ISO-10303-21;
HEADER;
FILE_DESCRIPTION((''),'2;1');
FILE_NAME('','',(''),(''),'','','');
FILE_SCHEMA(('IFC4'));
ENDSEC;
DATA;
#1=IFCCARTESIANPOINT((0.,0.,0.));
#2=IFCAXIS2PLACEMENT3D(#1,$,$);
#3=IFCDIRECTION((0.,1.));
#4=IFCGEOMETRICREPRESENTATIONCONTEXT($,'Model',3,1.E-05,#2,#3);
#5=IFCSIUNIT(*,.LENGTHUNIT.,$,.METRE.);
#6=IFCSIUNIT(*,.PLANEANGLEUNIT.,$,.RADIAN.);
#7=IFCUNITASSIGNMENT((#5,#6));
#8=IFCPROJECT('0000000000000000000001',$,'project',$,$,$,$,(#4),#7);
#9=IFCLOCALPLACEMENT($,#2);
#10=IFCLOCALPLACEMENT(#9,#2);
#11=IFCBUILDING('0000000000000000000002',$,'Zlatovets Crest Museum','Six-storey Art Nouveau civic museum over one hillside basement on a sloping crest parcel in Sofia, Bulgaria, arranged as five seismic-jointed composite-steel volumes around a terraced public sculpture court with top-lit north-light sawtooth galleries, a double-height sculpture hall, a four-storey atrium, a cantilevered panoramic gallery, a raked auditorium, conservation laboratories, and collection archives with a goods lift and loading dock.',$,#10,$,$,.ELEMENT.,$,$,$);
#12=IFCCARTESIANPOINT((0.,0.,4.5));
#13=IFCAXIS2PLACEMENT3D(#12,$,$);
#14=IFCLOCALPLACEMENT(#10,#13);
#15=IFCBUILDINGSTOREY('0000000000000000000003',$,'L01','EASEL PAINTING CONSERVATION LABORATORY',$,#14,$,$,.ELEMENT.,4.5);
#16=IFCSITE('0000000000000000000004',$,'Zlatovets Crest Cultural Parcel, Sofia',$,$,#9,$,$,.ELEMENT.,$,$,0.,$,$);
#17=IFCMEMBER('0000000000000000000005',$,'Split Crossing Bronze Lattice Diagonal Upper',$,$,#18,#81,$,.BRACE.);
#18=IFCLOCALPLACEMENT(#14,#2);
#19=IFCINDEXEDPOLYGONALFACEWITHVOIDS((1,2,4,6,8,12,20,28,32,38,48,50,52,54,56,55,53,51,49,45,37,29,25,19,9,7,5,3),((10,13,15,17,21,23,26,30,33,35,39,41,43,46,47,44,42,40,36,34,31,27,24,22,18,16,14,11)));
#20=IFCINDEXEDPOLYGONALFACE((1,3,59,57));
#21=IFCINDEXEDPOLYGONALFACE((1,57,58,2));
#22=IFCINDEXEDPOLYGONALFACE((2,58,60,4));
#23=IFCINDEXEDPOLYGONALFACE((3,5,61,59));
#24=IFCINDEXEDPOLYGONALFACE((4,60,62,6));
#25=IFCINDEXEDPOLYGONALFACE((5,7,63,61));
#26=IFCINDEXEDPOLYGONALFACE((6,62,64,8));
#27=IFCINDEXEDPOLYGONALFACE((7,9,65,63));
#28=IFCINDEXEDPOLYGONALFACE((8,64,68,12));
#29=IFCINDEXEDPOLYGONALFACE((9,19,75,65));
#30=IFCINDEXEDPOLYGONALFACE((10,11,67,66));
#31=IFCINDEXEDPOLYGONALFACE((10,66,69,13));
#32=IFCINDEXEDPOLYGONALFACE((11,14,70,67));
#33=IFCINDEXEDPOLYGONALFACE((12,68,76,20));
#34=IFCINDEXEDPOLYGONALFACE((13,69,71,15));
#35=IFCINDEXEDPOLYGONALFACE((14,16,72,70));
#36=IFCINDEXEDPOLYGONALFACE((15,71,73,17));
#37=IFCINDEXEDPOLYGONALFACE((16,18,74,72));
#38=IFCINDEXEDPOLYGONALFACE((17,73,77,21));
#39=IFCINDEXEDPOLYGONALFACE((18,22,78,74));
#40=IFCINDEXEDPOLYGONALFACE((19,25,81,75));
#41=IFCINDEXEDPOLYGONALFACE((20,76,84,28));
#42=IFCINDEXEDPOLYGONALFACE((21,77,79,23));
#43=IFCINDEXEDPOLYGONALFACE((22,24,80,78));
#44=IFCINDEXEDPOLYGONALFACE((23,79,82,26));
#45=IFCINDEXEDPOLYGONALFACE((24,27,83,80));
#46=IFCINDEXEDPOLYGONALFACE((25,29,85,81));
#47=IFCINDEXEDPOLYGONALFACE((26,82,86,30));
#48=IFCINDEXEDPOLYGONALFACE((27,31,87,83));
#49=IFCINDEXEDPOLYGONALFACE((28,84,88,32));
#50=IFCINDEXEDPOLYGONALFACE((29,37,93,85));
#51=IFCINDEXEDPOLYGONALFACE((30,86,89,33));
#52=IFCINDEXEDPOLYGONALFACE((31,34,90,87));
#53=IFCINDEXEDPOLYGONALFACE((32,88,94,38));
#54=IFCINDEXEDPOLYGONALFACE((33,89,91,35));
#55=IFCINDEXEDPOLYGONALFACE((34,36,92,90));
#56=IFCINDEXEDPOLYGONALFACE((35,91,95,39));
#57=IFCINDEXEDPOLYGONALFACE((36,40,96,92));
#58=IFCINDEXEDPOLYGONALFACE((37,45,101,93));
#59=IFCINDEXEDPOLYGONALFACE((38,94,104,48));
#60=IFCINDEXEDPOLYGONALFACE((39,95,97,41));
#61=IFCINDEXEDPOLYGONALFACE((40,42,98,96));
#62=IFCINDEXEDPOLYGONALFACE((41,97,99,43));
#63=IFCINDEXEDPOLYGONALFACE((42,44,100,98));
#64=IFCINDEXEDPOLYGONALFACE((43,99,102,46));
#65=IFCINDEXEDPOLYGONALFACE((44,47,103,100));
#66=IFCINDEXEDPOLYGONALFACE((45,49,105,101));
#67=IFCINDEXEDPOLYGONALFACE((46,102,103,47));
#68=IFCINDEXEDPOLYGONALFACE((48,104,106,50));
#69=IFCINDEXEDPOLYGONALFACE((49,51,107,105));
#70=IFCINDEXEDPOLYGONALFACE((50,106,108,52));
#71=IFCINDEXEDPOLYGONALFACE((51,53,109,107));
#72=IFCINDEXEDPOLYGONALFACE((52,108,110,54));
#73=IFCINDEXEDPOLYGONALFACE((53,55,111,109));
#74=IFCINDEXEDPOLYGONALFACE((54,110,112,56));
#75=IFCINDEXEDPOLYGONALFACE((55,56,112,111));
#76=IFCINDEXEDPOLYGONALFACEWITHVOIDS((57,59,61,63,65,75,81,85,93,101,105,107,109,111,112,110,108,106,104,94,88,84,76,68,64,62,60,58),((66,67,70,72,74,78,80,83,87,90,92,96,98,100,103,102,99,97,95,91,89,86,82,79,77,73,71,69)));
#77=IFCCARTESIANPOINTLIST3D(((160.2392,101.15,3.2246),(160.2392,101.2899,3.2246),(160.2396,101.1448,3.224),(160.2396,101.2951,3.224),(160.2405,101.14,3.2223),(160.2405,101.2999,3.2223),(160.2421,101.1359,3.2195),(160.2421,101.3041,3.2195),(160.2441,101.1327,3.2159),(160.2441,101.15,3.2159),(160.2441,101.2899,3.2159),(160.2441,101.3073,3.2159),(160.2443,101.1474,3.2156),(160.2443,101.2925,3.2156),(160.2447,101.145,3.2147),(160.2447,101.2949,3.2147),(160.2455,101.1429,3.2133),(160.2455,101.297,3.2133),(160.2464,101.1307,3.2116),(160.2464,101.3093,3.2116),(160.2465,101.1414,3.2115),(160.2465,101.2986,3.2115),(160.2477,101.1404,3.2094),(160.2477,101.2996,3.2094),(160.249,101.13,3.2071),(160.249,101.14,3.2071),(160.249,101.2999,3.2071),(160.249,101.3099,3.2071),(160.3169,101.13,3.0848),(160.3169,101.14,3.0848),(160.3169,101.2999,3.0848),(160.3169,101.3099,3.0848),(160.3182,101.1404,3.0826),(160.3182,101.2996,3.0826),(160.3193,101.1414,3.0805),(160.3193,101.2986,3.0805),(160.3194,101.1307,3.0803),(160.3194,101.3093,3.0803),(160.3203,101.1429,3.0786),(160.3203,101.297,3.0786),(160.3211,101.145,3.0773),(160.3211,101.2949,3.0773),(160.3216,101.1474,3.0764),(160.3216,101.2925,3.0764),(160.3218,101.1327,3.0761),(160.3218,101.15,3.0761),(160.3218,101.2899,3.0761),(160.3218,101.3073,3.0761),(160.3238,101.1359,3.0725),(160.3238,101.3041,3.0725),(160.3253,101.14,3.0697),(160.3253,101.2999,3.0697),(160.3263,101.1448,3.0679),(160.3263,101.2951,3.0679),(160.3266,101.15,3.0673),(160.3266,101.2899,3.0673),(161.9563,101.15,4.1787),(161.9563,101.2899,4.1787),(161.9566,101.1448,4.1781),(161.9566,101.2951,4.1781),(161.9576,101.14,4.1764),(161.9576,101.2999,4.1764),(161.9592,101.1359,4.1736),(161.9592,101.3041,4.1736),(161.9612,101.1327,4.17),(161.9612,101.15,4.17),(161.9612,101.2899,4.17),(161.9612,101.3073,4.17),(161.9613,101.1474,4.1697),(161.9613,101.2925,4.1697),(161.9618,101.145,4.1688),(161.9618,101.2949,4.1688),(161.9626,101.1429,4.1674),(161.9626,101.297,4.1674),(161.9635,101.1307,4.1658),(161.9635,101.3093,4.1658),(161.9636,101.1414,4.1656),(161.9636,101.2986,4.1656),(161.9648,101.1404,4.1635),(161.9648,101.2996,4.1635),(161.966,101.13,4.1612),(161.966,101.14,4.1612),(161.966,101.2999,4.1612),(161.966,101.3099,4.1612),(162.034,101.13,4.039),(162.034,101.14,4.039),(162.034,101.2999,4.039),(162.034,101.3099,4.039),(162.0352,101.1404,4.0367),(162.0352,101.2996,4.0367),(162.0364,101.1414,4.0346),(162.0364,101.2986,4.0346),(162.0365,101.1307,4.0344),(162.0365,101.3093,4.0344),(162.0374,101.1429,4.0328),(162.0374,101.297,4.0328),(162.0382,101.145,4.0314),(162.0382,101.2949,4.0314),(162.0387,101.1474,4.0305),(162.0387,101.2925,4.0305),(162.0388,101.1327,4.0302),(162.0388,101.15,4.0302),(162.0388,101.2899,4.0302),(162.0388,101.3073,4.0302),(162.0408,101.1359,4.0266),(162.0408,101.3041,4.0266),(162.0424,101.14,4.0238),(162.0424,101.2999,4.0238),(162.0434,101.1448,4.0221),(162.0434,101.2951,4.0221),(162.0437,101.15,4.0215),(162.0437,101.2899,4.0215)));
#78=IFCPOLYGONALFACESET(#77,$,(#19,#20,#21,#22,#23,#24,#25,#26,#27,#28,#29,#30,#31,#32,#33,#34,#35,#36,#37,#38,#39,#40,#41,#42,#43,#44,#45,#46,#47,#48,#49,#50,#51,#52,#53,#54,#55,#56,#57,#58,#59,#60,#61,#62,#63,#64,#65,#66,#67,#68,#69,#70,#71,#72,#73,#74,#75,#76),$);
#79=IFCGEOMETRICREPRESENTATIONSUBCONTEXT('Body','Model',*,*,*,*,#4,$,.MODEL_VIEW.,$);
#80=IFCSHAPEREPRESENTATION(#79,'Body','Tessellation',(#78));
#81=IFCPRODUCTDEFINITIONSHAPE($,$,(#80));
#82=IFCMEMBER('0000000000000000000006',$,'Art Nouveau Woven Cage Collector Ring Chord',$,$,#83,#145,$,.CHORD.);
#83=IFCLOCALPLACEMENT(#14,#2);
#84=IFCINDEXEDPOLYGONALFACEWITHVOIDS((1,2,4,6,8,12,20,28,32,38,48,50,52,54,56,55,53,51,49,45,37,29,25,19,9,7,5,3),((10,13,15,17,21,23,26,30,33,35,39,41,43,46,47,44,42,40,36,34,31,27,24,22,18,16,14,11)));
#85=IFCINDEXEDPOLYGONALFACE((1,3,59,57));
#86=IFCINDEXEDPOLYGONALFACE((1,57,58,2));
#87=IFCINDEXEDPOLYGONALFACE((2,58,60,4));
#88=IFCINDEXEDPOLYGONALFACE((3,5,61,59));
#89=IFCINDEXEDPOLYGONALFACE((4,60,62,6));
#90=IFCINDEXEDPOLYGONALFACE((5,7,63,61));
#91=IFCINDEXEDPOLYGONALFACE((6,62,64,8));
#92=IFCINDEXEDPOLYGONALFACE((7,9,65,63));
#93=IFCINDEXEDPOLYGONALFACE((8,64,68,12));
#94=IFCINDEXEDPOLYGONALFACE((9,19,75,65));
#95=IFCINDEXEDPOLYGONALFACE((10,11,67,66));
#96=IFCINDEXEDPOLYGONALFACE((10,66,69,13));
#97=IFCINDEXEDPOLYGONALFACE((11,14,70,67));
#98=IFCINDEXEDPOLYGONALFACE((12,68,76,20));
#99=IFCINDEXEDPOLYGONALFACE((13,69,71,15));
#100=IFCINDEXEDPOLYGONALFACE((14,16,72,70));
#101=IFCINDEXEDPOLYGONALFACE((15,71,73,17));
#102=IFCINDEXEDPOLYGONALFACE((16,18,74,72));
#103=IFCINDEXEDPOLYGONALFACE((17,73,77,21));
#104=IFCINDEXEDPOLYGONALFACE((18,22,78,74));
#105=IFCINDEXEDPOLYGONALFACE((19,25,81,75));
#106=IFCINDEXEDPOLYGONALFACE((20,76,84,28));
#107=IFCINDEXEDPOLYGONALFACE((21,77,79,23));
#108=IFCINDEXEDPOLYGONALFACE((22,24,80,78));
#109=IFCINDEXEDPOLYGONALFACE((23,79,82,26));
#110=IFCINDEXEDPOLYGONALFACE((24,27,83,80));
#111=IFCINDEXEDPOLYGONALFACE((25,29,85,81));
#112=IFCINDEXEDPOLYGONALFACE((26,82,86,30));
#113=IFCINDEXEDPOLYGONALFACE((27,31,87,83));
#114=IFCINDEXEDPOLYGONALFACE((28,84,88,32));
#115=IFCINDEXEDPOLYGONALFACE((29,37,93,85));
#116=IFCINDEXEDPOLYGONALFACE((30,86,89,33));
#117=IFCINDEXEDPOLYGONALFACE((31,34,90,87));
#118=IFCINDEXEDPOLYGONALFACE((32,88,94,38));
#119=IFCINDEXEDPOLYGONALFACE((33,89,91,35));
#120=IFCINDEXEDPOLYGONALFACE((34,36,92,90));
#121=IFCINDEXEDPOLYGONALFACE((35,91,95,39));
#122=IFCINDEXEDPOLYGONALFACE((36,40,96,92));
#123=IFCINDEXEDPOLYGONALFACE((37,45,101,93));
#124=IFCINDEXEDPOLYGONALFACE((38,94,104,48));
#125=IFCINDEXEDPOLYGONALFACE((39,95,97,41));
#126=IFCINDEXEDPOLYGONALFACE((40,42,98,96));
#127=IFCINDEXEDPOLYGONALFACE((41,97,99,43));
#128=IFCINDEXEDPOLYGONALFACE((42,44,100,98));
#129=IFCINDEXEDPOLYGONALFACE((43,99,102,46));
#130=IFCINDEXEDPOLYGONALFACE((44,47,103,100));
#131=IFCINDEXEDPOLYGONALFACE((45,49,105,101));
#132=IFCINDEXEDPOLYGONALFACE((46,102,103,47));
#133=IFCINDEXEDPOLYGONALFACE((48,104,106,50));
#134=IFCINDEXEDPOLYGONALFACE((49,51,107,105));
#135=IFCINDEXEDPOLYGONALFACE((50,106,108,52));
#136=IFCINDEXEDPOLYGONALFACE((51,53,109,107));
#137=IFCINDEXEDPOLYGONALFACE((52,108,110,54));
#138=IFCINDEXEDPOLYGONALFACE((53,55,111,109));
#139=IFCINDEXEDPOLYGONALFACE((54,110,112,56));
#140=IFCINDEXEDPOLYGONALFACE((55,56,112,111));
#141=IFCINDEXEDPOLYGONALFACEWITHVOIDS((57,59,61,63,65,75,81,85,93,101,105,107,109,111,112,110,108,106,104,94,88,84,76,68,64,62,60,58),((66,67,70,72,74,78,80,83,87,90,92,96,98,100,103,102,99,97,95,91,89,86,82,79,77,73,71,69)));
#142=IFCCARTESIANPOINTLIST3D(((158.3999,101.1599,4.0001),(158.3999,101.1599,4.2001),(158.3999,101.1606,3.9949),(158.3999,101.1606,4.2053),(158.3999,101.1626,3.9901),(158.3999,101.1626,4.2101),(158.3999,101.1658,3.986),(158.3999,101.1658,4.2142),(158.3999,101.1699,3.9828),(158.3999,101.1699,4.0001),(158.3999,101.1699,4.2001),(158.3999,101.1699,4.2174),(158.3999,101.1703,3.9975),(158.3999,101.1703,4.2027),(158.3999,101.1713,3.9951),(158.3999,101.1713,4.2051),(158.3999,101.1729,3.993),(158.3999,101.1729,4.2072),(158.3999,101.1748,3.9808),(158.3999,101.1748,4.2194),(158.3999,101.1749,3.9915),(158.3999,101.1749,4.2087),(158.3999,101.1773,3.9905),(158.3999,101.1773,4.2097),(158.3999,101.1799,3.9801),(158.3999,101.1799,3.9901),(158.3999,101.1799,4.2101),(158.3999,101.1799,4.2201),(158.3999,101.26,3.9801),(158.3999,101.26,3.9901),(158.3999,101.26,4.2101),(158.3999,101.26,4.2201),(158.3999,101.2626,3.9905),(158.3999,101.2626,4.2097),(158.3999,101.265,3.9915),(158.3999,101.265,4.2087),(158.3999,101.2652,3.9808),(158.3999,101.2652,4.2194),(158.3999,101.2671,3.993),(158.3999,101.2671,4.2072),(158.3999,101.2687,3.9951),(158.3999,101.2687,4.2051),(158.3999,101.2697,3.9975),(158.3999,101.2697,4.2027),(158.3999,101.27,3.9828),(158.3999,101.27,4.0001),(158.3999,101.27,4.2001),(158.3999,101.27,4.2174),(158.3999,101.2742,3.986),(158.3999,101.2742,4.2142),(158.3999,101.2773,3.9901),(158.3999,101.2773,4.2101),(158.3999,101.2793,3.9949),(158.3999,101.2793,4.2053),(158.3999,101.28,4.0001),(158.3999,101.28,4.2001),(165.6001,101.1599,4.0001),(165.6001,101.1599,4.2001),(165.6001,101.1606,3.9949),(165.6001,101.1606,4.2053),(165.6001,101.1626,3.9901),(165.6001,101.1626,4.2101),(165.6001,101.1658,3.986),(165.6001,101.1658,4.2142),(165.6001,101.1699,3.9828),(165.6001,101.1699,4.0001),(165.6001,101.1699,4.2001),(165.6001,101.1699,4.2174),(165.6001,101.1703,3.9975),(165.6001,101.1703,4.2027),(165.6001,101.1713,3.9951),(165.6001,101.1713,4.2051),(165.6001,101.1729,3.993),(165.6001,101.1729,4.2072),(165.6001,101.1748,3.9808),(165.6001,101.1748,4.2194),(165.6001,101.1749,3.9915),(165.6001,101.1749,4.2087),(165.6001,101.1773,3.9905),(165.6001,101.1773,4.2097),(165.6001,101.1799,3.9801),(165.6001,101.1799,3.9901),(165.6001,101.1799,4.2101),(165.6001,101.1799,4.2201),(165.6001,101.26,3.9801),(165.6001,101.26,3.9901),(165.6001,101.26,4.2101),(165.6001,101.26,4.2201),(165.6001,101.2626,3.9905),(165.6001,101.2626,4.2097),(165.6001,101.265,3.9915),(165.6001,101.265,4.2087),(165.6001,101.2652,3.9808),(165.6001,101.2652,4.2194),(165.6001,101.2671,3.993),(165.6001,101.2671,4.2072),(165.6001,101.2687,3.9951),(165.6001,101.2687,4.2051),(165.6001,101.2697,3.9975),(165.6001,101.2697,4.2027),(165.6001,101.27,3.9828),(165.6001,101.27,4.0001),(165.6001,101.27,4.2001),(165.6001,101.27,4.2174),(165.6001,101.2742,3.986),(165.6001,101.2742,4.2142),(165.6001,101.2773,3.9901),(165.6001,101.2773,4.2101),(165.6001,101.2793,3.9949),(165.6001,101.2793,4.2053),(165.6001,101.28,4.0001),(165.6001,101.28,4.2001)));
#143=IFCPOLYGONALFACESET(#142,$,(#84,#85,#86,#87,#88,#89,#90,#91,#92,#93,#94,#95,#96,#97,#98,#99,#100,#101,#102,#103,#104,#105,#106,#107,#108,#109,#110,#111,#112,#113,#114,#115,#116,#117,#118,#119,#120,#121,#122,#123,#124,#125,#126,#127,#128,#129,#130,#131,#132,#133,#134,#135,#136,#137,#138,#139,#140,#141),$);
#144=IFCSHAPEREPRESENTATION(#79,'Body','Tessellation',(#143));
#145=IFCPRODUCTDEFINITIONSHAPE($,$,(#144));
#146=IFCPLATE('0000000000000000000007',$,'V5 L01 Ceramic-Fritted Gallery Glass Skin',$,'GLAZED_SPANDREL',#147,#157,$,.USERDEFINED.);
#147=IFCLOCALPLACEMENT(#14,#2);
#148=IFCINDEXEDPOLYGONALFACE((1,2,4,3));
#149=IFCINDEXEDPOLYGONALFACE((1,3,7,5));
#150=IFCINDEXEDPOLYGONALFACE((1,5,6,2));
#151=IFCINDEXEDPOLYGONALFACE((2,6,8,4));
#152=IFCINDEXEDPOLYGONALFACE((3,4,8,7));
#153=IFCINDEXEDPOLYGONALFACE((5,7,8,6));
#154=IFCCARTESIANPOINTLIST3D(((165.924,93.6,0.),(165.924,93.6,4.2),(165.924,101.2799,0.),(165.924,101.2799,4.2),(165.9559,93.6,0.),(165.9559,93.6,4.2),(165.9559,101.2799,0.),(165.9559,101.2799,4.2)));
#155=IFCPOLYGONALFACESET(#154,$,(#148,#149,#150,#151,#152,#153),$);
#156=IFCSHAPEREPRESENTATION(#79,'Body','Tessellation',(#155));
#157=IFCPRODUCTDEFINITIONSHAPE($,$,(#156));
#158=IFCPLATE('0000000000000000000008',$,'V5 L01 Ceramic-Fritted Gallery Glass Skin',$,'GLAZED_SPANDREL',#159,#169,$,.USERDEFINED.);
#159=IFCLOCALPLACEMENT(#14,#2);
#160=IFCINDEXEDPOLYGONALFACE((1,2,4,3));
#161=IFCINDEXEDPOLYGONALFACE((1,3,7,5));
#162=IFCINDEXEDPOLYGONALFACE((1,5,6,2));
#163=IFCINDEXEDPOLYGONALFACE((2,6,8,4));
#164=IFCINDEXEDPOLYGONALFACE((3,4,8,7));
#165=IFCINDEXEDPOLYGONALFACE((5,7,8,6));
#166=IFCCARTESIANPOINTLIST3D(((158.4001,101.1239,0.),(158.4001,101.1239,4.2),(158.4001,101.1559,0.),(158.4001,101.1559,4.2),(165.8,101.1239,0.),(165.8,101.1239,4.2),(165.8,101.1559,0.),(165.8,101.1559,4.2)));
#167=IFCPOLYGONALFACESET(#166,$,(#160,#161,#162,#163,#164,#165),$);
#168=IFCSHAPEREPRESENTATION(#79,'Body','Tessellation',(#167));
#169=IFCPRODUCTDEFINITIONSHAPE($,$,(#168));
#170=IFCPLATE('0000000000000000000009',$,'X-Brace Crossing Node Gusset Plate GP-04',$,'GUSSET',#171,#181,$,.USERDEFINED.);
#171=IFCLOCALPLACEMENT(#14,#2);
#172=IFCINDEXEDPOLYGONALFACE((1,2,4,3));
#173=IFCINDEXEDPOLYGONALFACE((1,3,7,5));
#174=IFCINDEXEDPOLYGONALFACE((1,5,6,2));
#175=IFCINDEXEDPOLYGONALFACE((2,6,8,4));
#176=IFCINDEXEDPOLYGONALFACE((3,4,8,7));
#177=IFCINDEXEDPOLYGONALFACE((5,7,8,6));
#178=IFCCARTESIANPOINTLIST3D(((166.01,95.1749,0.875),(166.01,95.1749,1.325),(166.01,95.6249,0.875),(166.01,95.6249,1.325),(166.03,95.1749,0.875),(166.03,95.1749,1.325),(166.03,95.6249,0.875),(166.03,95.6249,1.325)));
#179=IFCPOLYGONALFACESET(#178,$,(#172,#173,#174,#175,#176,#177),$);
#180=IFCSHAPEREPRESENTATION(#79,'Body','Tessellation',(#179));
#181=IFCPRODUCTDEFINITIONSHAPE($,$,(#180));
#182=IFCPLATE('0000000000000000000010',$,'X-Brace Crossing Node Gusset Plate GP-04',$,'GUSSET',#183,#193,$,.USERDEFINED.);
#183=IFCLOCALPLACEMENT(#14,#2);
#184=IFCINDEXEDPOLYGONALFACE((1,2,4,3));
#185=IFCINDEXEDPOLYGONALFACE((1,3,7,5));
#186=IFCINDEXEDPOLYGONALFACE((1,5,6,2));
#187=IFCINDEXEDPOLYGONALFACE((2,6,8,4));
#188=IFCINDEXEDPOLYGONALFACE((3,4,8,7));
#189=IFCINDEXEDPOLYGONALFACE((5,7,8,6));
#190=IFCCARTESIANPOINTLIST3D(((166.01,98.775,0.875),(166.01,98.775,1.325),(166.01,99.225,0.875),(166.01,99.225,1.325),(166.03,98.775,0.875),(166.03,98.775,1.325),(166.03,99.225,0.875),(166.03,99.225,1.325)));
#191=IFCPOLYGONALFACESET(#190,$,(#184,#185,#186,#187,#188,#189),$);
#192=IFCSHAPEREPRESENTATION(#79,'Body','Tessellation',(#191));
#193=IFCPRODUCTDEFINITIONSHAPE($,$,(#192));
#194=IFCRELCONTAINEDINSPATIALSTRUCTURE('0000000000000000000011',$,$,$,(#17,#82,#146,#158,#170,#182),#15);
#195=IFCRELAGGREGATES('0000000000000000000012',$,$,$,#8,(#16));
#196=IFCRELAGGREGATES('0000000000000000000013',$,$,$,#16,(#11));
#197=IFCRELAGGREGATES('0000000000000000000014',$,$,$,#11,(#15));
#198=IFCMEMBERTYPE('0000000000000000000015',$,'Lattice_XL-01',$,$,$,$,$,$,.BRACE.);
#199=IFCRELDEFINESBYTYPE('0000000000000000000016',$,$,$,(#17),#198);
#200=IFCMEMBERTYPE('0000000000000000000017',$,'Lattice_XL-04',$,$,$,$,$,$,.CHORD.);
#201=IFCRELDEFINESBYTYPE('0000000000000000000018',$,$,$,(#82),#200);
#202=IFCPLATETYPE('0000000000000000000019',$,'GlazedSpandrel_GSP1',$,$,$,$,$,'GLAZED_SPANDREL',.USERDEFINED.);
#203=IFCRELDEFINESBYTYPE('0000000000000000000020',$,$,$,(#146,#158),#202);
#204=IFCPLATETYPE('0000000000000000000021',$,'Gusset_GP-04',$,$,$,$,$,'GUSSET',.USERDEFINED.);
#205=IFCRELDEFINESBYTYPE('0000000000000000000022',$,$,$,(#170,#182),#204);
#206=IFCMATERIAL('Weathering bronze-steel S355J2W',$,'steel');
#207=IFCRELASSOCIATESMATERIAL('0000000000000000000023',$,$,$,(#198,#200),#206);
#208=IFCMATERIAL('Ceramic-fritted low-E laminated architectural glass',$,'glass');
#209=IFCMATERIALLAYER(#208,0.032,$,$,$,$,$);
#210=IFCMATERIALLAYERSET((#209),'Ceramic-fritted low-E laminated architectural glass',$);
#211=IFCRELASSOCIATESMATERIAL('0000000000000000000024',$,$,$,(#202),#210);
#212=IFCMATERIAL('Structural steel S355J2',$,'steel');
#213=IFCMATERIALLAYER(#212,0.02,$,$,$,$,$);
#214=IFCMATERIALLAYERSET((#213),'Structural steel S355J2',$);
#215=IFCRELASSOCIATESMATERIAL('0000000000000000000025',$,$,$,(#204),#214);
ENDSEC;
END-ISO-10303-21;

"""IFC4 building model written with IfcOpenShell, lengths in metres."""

from ifc_helpers import new_model, si_unit, direction, frame, origin, origin_2d, place, context, subcontext, project, spatial, rectangle, hollow_rectangle, extrude, material, layer, layer_set, material_profile, profile_set, type_object, element, save


model = new_model("IFC4")

# Units and contexts
model_context = context("Model", 3, precision=1e-05, world=origin(), true_north=direction((0.0, 1.0)))
body_context = subcontext(model_context, "Body", "Model", "MODEL_VIEW")
ifc_project = project(units=[si_unit("LENGTHUNIT", "METRE"), si_unit("PLANEANGLEUNIT", "RADIAN")], contexts=[model_context])

# Site, building, storey
site_placement = place(None, origin())
site = spatial("IfcSite", under=ifc_project, at=site_placement, Name="Zlatovets Crest Cultural Parcel, Sofia", CompositionType="ELEMENT", RefElevation=0.0)
building_placement = place(site_placement, origin())
building = spatial("IfcBuilding", under=site, at=building_placement, Name="Zlatovets Crest Museum", Description="Six-storey Art Nouveau civic museum over one hillside basement on a sloping crest parcel in Sofia, Bulgaria, arranged as five seismic-jointed composite-steel volumes around a terraced public sculpture court with top-lit north-light sawtooth galleries, a double-height sculpture hall, a four-storey atrium, a cantilevered panoramic gallery, a raked auditorium, conservation laboratories, and collection archives with a goods lift and loading dock.", CompositionType="ELEMENT")
storey_placement = place(building_placement, frame((0.0, 0.0, 4.5)))
storey = spatial("IfcBuildingStorey", under=building, at=storey_placement, Name="L01", Description="EASEL PAINTING CONSERVATION LABORATORY", CompositionType="ELEMENT", Elevation=4.5)

# Shared definitions
ifc_material_1 = material(Name="Structural steel S355J2", Category="steel")

# Members
ifc_material_2 = material(Name="Weathering bronze-steel S355J2W", Category="steel")
ifc_material_profile_1 = material_profile(ifc_material_2, hollow_rectangle(XDim=0.1799, YDim=0.1799, WallThickness=0.01, InnerFilletRadius=0.01, OuterFilletRadius=0.02, at=origin_2d()), Name="SHS 180x180x10.0")
ifc_profile_set_1 = profile_set([ifc_material_profile_1], Name="Weathering bronze-steel S355J2W")
member_type_1 = type_object("IfcMemberType", Name="Lattice_XL-01", PredefinedType="BRACE", material=ifc_profile_set_1)
member_1_placement = place(storey_placement, frame((162.0, 101.22, 4.1001), z_axis=(-0.874116, 0.0, -0.485717), x_axis=(0.0, -1.0, 0.0)))
element("IfcMember", 1, at=member_1_placement, inside=storey, type_object=member_type_1, Name="Split Crossing Bronze Lattice Diagonal Upper", PredefinedType="BRACE", context=body_context, shape_type="SweptSolid", body=[
    extrude(hollow_rectangle(XDim=0.1799, YDim=0.1799, WallThickness=0.01, InnerFilletRadius=0.01, OuterFilletRadius=0.02, at=origin_2d()), origin(), (0.0, 0.0, 1.0), 1.9644),
])
ifc_material_profile_2 = material_profile(ifc_material_2, hollow_rectangle(XDim=0.1201, YDim=0.24, WallThickness=0.01, InnerFilletRadius=0.01, OuterFilletRadius=0.02, at=origin_2d()), Name="RHS 120x240x10.0")
ifc_profile_set_2 = profile_set([ifc_material_profile_2], Name="Weathering bronze-steel S355J2W")
member_type_2 = type_object("IfcMemberType", Name="Lattice_XL-04", PredefinedType="CHORD", material=ifc_profile_set_2)
member_2_placement = place(storey_placement, frame((165.6001, 101.22, 4.1001), z_axis=(-1.0, 0.0, 0.0), x_axis=(0.0, -1.0, 0.0)))
element("IfcMember", 2, at=member_2_placement, inside=storey, type_object=member_type_2, Name="Art Nouveau Woven Cage Collector Ring Chord", PredefinedType="CHORD", context=body_context, shape_type="SweptSolid", body=[
    extrude(hollow_rectangle(XDim=0.1201, YDim=0.24, WallThickness=0.01, InnerFilletRadius=0.01, OuterFilletRadius=0.02, at=origin_2d()), origin(), (0.0, 0.0, 1.0), 7.2002),
])

# Plates
ifc_material_3 = material(Name="Ceramic-fritted low-E laminated architectural glass", Category="glass")
ifc_layer_1 = layer(ifc_material_3, 0.032)
ifc_layer_set_1 = layer_set([ifc_layer_1], Name="Ceramic-fritted low-E laminated architectural glass")
plate_type_1 = type_object("IfcPlateType", Name="GlazedSpandrel_GSP1", ElementType="GLAZED_SPANDREL", PredefinedType="USERDEFINED", material=ifc_layer_set_1)
plate_1_placement = place(storey_placement, frame((165.9399, 97.4399, 0.0), z_axis=(0.0, 0.0, 1.0), x_axis=(0.0, 1.0, 0.0)))
element("IfcPlate", 3, at=plate_1_placement, inside=storey, type_object=plate_type_1, Name="V5 L01 Ceramic-Fritted Gallery Glass Skin", ObjectType="GLAZED_SPANDREL", PredefinedType="USERDEFINED", context=body_context, shape_type="SweptSolid", body=[
    extrude(rectangle(XDim=7.6799, YDim=0.032, at=origin_2d()), origin(), (0.0, 0.0, 1.0), 4.2),
])
plate_2_placement = place(storey_placement, frame((162.1001, 101.1399, 0.0), z_axis=(0.0, 0.0, 1.0), x_axis=(1.0, 0.0, 0.0)))
element("IfcPlate", 4, at=plate_2_placement, inside=storey, type_object=plate_type_1, Name="V5 L01 Ceramic-Fritted Gallery Glass Skin", ObjectType="GLAZED_SPANDREL", PredefinedType="USERDEFINED", context=body_context, shape_type="SweptSolid", body=[
    extrude(rectangle(XDim=7.3999, YDim=0.032, at=origin_2d()), origin(), (0.0, 0.0, 1.0), 4.2),
])
ifc_layer_2 = layer(ifc_material_1, 0.02)
ifc_layer_set_2 = layer_set([ifc_layer_2], Name="Structural steel S355J2")
plate_type_2 = type_object("IfcPlateType", Name="Gusset_GP-04", ElementType="GUSSET", PredefinedType="USERDEFINED", material=ifc_layer_set_2)
for number, where, z_axis, x_axis, name in (
    (5, (166.02, 95.3999, 0.875), (0.0, 0.0, 1.0), (1.0, 0.0, 0.0), "X-Brace Crossing Node Gusset Plate GP-04"),
    (6, (166.02, 99.0, 0.875), (0.0, 0.0, 1.0), (1.0, 0.0, 0.0), "X-Brace Crossing Node Gusset Plate GP-04"),
):
    element("IfcPlate", number, at=place(storey_placement, frame(where, z_axis=z_axis, x_axis=x_axis)), inside=storey, type_object=plate_type_2, Name=name, ObjectType="GUSSET", PredefinedType="USERDEFINED", context=body_context, shape_type="SweptSolid", body=[
        extrude(rectangle(XDim=0.02, YDim=0.45, at=origin_2d()), origin(), (0.0, 0.0, 1.0), 0.45),
    ])

save(model, "model.ifc")
